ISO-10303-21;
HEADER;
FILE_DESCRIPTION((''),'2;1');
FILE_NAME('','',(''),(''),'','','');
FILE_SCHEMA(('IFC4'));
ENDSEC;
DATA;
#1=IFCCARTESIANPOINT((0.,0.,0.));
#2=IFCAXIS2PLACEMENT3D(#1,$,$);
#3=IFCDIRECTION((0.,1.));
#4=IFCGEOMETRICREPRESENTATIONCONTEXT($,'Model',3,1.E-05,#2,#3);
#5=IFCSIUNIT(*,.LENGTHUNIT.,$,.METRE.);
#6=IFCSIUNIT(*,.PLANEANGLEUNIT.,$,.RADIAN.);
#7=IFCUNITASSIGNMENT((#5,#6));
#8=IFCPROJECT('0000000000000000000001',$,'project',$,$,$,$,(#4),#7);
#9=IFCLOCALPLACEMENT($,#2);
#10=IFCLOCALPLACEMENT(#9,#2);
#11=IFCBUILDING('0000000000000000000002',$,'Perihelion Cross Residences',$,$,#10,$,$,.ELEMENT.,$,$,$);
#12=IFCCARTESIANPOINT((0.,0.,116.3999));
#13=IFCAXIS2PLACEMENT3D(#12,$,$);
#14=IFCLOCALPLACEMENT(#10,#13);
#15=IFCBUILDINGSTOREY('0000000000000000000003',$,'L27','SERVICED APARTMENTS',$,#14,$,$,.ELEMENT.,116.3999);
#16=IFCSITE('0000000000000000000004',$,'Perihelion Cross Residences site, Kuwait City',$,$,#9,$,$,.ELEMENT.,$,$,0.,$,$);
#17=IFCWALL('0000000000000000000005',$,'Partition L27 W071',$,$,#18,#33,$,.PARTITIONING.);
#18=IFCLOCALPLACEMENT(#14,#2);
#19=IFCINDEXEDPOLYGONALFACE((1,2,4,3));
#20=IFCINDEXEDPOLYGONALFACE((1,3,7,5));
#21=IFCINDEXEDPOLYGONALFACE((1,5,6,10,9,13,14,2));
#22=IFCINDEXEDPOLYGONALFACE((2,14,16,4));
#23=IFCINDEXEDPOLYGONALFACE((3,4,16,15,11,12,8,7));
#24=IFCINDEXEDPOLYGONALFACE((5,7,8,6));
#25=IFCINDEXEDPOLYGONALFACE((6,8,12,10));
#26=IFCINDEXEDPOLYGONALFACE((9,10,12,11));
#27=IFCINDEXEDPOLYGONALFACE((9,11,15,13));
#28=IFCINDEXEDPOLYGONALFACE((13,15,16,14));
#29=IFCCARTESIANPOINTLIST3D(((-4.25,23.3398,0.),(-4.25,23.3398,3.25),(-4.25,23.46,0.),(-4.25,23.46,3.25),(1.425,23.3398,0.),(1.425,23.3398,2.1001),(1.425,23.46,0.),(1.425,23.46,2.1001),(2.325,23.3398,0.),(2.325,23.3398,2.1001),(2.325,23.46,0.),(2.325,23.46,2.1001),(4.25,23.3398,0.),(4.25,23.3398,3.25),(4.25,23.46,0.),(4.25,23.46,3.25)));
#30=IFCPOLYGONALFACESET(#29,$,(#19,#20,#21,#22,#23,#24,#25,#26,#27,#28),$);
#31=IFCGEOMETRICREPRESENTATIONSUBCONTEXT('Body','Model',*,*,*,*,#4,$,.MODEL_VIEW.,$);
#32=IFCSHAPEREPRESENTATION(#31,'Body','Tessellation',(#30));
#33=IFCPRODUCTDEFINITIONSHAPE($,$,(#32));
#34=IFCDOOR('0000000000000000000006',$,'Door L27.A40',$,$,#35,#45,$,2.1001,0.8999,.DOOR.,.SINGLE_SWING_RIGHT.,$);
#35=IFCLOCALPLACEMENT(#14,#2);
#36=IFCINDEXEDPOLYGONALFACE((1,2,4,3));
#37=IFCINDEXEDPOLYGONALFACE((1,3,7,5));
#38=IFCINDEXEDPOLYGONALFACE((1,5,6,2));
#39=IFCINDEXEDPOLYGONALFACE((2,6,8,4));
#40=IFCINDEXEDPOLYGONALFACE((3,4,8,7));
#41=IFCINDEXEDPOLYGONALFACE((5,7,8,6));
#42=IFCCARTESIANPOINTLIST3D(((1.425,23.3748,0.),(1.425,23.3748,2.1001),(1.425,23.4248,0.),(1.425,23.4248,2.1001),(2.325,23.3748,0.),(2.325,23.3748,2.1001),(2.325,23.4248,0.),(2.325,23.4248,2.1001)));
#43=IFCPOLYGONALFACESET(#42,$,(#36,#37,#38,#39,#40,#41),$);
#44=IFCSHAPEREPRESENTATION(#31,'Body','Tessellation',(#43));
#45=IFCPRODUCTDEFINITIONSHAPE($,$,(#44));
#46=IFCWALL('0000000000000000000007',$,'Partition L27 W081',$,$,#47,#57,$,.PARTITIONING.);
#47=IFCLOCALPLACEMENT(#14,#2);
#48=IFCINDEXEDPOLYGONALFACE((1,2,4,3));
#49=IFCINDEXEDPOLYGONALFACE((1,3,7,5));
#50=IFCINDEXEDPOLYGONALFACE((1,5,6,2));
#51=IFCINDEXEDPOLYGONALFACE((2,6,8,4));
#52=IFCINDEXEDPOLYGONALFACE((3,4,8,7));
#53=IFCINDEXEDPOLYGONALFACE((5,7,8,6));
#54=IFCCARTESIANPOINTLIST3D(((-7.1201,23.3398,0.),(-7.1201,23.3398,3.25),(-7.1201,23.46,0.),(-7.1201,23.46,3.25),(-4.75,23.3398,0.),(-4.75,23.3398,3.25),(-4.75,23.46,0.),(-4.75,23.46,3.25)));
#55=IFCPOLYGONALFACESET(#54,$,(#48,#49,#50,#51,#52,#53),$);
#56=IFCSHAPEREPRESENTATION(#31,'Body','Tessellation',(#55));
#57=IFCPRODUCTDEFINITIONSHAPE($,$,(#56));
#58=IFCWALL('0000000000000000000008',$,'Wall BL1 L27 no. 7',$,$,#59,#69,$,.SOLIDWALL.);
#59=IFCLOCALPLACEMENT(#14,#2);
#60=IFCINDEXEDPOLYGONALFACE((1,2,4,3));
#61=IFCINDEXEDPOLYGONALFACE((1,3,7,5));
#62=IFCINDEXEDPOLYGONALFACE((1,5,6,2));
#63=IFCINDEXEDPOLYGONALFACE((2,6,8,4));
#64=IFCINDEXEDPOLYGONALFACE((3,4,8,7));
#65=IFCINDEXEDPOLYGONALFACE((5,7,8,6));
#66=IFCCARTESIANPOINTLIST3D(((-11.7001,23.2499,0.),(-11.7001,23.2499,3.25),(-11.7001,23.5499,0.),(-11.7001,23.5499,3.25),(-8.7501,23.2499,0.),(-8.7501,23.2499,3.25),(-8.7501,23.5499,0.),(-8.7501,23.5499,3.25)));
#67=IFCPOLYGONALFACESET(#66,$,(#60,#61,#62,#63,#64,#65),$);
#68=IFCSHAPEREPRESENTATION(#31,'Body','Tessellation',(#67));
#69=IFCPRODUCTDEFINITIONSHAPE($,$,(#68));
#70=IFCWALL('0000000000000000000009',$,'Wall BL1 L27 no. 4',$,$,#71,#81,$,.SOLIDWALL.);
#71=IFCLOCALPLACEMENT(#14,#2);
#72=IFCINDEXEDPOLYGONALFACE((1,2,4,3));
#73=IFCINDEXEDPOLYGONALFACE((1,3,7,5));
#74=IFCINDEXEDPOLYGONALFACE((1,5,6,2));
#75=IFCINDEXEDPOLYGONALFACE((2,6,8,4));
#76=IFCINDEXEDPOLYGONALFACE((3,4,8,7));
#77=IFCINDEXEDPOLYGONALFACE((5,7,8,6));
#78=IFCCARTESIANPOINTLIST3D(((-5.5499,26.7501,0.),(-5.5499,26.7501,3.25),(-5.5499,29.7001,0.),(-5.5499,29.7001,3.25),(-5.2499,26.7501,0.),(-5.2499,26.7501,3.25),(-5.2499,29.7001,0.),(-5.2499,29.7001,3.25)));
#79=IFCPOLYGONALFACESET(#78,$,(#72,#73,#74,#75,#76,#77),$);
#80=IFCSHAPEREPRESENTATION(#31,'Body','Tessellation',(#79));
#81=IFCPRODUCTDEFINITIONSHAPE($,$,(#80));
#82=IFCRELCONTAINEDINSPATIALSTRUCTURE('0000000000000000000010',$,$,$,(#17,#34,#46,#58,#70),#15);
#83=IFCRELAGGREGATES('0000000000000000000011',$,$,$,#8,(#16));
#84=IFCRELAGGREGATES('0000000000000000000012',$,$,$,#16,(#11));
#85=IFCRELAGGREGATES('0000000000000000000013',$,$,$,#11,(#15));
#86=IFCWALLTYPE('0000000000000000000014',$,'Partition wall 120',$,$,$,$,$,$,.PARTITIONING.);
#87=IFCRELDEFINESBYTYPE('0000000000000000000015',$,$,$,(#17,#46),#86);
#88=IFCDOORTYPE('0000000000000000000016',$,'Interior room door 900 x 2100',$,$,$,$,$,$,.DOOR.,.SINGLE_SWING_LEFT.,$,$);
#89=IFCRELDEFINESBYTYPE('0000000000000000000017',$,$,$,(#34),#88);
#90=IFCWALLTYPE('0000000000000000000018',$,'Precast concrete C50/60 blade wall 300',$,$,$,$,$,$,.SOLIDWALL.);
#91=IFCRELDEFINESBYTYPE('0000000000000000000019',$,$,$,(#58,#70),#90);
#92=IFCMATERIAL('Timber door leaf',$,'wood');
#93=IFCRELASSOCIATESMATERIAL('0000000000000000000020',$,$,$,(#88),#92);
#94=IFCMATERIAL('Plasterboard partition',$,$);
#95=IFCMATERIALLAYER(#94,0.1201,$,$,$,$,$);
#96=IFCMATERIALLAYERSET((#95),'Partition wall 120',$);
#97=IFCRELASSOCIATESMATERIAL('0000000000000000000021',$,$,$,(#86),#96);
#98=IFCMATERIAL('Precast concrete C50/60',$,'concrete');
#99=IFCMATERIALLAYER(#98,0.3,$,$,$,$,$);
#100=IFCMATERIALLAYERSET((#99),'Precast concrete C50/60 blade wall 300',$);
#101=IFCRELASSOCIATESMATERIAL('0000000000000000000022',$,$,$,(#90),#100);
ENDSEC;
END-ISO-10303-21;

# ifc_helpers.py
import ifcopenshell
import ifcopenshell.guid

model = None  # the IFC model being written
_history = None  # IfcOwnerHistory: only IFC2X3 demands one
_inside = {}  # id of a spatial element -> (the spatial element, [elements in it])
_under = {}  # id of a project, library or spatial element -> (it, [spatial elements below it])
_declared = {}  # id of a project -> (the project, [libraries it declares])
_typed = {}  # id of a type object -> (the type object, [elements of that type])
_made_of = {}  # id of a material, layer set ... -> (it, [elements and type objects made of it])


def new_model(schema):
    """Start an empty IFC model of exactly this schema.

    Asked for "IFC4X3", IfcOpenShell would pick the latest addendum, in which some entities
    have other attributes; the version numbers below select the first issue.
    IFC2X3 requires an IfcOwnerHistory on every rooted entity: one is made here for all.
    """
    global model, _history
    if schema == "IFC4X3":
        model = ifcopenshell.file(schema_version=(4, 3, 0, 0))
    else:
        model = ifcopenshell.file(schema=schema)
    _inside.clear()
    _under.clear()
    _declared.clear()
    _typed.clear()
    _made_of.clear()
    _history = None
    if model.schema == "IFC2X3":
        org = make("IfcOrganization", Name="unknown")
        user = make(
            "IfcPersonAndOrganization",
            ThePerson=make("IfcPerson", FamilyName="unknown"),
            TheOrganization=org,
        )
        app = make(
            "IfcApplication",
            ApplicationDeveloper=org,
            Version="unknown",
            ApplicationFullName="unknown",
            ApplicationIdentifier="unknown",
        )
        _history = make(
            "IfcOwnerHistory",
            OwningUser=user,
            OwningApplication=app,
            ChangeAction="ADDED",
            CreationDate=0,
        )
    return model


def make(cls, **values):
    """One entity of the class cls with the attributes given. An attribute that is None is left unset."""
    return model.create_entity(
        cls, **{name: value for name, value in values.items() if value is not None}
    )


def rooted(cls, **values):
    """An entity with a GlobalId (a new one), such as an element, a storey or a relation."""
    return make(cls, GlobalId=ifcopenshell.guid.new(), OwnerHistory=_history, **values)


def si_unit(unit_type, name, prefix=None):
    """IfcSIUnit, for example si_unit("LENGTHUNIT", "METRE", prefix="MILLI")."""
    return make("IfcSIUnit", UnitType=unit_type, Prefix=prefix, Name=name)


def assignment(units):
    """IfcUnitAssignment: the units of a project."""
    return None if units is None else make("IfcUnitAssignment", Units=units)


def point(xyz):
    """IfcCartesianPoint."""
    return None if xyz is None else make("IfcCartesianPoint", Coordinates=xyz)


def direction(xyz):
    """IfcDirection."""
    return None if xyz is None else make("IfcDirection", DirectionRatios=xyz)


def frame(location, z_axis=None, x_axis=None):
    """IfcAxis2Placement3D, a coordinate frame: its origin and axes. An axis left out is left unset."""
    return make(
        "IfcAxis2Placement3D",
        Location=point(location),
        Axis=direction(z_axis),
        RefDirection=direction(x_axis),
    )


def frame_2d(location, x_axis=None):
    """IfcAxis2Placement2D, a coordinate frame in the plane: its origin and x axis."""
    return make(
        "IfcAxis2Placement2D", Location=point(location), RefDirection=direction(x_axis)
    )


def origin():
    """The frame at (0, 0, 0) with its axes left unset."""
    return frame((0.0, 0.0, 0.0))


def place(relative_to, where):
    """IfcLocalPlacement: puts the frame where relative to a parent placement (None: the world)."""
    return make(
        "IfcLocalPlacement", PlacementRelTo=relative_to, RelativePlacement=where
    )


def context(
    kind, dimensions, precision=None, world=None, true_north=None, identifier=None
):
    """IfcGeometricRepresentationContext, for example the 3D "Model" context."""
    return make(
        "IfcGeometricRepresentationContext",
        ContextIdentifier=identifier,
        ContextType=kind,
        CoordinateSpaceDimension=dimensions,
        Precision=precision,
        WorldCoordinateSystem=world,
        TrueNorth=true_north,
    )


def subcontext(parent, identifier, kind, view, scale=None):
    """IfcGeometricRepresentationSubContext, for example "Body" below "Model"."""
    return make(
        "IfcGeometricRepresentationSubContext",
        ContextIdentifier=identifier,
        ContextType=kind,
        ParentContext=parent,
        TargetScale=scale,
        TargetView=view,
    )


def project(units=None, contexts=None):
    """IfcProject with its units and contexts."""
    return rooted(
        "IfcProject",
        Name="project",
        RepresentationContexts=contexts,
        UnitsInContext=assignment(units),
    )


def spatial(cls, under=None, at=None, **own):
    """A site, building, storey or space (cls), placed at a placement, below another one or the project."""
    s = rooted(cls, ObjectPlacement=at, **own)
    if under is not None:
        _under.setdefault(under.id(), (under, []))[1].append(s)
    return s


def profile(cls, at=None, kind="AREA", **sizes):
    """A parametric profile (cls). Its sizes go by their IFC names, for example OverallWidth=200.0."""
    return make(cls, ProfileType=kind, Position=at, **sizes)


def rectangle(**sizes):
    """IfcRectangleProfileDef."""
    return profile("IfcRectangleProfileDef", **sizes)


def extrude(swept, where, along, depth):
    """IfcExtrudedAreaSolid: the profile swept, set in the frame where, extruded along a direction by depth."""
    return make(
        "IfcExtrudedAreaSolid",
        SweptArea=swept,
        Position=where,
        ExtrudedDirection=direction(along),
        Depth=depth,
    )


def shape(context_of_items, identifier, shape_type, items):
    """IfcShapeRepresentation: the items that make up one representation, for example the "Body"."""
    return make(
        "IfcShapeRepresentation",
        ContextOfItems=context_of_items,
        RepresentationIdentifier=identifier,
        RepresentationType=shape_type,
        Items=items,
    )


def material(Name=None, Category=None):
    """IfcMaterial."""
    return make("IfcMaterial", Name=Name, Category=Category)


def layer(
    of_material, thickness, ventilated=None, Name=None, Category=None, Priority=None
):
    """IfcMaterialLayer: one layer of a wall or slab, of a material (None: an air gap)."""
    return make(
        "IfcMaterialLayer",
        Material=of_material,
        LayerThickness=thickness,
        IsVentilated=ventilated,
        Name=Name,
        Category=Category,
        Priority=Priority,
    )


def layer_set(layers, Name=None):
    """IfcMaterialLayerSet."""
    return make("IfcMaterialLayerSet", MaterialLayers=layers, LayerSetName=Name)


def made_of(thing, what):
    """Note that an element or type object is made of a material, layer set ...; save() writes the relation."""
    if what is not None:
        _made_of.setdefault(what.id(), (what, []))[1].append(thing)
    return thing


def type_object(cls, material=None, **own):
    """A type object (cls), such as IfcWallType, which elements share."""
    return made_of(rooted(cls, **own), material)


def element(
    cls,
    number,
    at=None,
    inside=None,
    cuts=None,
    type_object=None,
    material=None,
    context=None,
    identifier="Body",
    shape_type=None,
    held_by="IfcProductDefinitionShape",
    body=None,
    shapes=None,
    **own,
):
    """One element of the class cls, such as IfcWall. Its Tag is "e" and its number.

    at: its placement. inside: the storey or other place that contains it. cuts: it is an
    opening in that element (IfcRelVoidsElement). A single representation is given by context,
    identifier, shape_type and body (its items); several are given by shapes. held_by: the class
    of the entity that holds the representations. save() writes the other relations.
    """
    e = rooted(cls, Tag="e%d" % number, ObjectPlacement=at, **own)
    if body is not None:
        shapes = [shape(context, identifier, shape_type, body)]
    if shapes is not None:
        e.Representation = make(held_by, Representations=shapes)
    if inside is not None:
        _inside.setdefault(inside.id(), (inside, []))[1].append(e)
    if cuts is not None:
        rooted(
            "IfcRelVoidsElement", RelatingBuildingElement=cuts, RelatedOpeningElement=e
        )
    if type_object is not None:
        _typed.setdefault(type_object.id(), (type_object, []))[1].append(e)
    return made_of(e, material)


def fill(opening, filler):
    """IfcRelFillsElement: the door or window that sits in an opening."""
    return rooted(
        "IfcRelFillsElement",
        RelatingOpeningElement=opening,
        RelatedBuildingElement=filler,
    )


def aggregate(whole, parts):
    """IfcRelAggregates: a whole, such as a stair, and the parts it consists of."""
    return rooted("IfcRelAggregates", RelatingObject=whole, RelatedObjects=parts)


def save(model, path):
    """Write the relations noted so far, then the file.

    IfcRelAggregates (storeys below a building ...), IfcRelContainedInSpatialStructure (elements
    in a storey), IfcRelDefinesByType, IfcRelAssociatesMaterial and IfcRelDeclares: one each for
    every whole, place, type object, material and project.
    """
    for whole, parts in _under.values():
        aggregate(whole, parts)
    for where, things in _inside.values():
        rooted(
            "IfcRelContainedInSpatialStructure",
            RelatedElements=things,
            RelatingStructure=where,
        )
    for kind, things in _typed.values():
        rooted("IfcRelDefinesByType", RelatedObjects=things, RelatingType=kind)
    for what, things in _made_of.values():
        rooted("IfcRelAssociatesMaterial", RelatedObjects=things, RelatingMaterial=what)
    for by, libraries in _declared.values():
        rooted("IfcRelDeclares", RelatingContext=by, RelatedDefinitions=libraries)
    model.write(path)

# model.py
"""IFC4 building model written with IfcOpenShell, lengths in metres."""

from ifc_helpers import new_model, si_unit, direction, frame, frame_2d, origin, place, context, subcontext, project, spatial, rectangle, extrude, material, layer, layer_set, type_object, element, fill, save


model = new_model("IFC4")

# Units and contexts
model_context = context("Model", 3, precision=1e-05, world=origin(), true_north=direction((0.0, 1.0)))
body_context = subcontext(model_context, "Body", "Model", "MODEL_VIEW")
ifc_project = project(units=[si_unit("LENGTHUNIT", "METRE"), si_unit("PLANEANGLEUNIT", "RADIAN")], contexts=[model_context])

# Site, building, storey
site_placement = place(None, origin())
site = spatial("IfcSite", under=ifc_project, at=site_placement, Name="Perihelion Cross Residences site, Kuwait City", CompositionType="ELEMENT", RefElevation=0.0)
building_placement = place(site_placement, origin())
building = spatial("IfcBuilding", under=site, at=building_placement, Name="Perihelion Cross Residences", CompositionType="ELEMENT")
storey_placement = place(building_placement, frame((0.0, 0.0, 116.3999)))
storey = spatial("IfcBuildingStorey", under=building, at=storey_placement, Name="L27", Description="SERVICED APARTMENTS", CompositionType="ELEMENT", Elevation=116.3999)

# Wall, opening, door
ifc_material_1 = material(Name="Timber door leaf", Category="wood")
door_type_1 = type_object("IfcDoorType", Name="Interior room door 900 x 2100", OperationType="SINGLE_SWING_LEFT", PredefinedType="DOOR", material=ifc_material_1)
ifc_material_2 = material(Name="Plasterboard partition")
ifc_layer_1 = layer(ifc_material_2, 0.1201)
ifc_layer_set_1 = layer_set([ifc_layer_1], Name="Partition wall 120")
wall_type_1 = type_object("IfcWallType", Name="Partition wall 120", PredefinedType="PARTITIONING", material=ifc_layer_set_1)
wall_1_placement = place(storey_placement, frame((-4.25, 23.3999, 0.0), z_axis=(0.0, 0.0, 1.0), x_axis=(1.0, 0.0, 0.0)))
wall_1 = element("IfcWall", 1, at=wall_1_placement, inside=storey, type_object=wall_type_1, Name="Partition L27 W071", PredefinedType="PARTITIONING", context=body_context, shape_type="SweptSolid", body=[
    extrude(rectangle(XDim=8.5, YDim=0.1201, at=frame_2d((4.25, 0.0))), origin(), (0.0, 0.0, 1.0), 3.25),
])
opening_1_placement = place(wall_1_placement, frame((5.675, 0.0, 0.0)))
opening_1 = element("IfcOpeningElement", 2, at=opening_1_placement, cuts=wall_1, PredefinedType="OPENING", context=body_context, shape_type="SweptSolid", body=[
    extrude(rectangle(XDim=0.8999, YDim=2.1001, at=frame_2d((0.45, 1.05))), frame((0.0, 0.0701, 0.0), z_axis=(0.0, -1.0, 0.0), x_axis=(1.0, 0.0, 0.0)), (0.0, 0.0, 1.0), 0.1401),
])
door_1_placement = place(opening_1_placement, origin())
door_1 = element("IfcDoor", 3, at=door_1_placement, inside=storey, type_object=door_type_1, Name="Door L27.A40", OperationType="SINGLE_SWING_RIGHT", OverallHeight=2.1001, OverallWidth=0.8999, PredefinedType="DOOR", context=body_context, shape_type="SweptSolid", body=[
    extrude(rectangle(XDim=0.8999, YDim=2.1001, at=frame_2d((0.45, 1.05))), frame((0.0, 0.0249, 0.0), z_axis=(0.0, -1.0, 0.0), x_axis=(1.0, 0.0, 0.0)), (0.0, 0.0, 1.0), 0.05),
])
fill(opening_1, door_1)

# Walls
wall_2_placement = place(storey_placement, frame((-7.1201, 23.3999, 0.0), z_axis=(0.0, 0.0, 1.0), x_axis=(1.0, 0.0, 0.0)))
element("IfcWall", 4, at=wall_2_placement, inside=storey, type_object=wall_type_1, Name="Partition L27 W081", PredefinedType="PARTITIONING", context=body_context, shape_type="SweptSolid", body=[
    extrude(rectangle(XDim=2.3701, YDim=0.1201, at=frame_2d((1.1851, 0.0))), origin(), (0.0, 0.0, 1.0), 3.25),
])
ifc_material_3 = material(Name="Precast concrete C50/60", Category="concrete")
ifc_layer_2 = layer(ifc_material_3, 0.3)
ifc_layer_set_2 = layer_set([ifc_layer_2], Name="Precast concrete C50/60 blade wall 300")
wall_type_2 = type_object("IfcWallType", Name="Precast concrete C50/60 blade wall 300", PredefinedType="SOLIDWALL", material=ifc_layer_set_2)
for number, where, z_axis, x_axis, name in (
    (5, (-8.75, 23.3999, 0.0), (0.0, 0.0, 1.0), (-1.0, 0.0, 0.0), "Wall BL1 L27 no. 7"),
    (6, (-5.3999, 26.75, 0.0), (0.0, 0.0, 1.0), (0.0, 1.0, 0.0), "Wall BL1 L27 no. 4"),
):
    element("IfcWall", number, at=place(storey_placement, frame(where, z_axis=z_axis, x_axis=x_axis)), inside=storey, type_object=wall_type_2, Name=name, PredefinedType="SOLIDWALL", context=body_context, shape_type="SweptSolid", body=[
        extrude(rectangle(XDim=2.95, YDim=0.3, at=frame_2d((1.4751, 0.0))), origin(), (0.0, 0.0, 1.0), 3.25),
    ])

save(model, "model.ifc")
